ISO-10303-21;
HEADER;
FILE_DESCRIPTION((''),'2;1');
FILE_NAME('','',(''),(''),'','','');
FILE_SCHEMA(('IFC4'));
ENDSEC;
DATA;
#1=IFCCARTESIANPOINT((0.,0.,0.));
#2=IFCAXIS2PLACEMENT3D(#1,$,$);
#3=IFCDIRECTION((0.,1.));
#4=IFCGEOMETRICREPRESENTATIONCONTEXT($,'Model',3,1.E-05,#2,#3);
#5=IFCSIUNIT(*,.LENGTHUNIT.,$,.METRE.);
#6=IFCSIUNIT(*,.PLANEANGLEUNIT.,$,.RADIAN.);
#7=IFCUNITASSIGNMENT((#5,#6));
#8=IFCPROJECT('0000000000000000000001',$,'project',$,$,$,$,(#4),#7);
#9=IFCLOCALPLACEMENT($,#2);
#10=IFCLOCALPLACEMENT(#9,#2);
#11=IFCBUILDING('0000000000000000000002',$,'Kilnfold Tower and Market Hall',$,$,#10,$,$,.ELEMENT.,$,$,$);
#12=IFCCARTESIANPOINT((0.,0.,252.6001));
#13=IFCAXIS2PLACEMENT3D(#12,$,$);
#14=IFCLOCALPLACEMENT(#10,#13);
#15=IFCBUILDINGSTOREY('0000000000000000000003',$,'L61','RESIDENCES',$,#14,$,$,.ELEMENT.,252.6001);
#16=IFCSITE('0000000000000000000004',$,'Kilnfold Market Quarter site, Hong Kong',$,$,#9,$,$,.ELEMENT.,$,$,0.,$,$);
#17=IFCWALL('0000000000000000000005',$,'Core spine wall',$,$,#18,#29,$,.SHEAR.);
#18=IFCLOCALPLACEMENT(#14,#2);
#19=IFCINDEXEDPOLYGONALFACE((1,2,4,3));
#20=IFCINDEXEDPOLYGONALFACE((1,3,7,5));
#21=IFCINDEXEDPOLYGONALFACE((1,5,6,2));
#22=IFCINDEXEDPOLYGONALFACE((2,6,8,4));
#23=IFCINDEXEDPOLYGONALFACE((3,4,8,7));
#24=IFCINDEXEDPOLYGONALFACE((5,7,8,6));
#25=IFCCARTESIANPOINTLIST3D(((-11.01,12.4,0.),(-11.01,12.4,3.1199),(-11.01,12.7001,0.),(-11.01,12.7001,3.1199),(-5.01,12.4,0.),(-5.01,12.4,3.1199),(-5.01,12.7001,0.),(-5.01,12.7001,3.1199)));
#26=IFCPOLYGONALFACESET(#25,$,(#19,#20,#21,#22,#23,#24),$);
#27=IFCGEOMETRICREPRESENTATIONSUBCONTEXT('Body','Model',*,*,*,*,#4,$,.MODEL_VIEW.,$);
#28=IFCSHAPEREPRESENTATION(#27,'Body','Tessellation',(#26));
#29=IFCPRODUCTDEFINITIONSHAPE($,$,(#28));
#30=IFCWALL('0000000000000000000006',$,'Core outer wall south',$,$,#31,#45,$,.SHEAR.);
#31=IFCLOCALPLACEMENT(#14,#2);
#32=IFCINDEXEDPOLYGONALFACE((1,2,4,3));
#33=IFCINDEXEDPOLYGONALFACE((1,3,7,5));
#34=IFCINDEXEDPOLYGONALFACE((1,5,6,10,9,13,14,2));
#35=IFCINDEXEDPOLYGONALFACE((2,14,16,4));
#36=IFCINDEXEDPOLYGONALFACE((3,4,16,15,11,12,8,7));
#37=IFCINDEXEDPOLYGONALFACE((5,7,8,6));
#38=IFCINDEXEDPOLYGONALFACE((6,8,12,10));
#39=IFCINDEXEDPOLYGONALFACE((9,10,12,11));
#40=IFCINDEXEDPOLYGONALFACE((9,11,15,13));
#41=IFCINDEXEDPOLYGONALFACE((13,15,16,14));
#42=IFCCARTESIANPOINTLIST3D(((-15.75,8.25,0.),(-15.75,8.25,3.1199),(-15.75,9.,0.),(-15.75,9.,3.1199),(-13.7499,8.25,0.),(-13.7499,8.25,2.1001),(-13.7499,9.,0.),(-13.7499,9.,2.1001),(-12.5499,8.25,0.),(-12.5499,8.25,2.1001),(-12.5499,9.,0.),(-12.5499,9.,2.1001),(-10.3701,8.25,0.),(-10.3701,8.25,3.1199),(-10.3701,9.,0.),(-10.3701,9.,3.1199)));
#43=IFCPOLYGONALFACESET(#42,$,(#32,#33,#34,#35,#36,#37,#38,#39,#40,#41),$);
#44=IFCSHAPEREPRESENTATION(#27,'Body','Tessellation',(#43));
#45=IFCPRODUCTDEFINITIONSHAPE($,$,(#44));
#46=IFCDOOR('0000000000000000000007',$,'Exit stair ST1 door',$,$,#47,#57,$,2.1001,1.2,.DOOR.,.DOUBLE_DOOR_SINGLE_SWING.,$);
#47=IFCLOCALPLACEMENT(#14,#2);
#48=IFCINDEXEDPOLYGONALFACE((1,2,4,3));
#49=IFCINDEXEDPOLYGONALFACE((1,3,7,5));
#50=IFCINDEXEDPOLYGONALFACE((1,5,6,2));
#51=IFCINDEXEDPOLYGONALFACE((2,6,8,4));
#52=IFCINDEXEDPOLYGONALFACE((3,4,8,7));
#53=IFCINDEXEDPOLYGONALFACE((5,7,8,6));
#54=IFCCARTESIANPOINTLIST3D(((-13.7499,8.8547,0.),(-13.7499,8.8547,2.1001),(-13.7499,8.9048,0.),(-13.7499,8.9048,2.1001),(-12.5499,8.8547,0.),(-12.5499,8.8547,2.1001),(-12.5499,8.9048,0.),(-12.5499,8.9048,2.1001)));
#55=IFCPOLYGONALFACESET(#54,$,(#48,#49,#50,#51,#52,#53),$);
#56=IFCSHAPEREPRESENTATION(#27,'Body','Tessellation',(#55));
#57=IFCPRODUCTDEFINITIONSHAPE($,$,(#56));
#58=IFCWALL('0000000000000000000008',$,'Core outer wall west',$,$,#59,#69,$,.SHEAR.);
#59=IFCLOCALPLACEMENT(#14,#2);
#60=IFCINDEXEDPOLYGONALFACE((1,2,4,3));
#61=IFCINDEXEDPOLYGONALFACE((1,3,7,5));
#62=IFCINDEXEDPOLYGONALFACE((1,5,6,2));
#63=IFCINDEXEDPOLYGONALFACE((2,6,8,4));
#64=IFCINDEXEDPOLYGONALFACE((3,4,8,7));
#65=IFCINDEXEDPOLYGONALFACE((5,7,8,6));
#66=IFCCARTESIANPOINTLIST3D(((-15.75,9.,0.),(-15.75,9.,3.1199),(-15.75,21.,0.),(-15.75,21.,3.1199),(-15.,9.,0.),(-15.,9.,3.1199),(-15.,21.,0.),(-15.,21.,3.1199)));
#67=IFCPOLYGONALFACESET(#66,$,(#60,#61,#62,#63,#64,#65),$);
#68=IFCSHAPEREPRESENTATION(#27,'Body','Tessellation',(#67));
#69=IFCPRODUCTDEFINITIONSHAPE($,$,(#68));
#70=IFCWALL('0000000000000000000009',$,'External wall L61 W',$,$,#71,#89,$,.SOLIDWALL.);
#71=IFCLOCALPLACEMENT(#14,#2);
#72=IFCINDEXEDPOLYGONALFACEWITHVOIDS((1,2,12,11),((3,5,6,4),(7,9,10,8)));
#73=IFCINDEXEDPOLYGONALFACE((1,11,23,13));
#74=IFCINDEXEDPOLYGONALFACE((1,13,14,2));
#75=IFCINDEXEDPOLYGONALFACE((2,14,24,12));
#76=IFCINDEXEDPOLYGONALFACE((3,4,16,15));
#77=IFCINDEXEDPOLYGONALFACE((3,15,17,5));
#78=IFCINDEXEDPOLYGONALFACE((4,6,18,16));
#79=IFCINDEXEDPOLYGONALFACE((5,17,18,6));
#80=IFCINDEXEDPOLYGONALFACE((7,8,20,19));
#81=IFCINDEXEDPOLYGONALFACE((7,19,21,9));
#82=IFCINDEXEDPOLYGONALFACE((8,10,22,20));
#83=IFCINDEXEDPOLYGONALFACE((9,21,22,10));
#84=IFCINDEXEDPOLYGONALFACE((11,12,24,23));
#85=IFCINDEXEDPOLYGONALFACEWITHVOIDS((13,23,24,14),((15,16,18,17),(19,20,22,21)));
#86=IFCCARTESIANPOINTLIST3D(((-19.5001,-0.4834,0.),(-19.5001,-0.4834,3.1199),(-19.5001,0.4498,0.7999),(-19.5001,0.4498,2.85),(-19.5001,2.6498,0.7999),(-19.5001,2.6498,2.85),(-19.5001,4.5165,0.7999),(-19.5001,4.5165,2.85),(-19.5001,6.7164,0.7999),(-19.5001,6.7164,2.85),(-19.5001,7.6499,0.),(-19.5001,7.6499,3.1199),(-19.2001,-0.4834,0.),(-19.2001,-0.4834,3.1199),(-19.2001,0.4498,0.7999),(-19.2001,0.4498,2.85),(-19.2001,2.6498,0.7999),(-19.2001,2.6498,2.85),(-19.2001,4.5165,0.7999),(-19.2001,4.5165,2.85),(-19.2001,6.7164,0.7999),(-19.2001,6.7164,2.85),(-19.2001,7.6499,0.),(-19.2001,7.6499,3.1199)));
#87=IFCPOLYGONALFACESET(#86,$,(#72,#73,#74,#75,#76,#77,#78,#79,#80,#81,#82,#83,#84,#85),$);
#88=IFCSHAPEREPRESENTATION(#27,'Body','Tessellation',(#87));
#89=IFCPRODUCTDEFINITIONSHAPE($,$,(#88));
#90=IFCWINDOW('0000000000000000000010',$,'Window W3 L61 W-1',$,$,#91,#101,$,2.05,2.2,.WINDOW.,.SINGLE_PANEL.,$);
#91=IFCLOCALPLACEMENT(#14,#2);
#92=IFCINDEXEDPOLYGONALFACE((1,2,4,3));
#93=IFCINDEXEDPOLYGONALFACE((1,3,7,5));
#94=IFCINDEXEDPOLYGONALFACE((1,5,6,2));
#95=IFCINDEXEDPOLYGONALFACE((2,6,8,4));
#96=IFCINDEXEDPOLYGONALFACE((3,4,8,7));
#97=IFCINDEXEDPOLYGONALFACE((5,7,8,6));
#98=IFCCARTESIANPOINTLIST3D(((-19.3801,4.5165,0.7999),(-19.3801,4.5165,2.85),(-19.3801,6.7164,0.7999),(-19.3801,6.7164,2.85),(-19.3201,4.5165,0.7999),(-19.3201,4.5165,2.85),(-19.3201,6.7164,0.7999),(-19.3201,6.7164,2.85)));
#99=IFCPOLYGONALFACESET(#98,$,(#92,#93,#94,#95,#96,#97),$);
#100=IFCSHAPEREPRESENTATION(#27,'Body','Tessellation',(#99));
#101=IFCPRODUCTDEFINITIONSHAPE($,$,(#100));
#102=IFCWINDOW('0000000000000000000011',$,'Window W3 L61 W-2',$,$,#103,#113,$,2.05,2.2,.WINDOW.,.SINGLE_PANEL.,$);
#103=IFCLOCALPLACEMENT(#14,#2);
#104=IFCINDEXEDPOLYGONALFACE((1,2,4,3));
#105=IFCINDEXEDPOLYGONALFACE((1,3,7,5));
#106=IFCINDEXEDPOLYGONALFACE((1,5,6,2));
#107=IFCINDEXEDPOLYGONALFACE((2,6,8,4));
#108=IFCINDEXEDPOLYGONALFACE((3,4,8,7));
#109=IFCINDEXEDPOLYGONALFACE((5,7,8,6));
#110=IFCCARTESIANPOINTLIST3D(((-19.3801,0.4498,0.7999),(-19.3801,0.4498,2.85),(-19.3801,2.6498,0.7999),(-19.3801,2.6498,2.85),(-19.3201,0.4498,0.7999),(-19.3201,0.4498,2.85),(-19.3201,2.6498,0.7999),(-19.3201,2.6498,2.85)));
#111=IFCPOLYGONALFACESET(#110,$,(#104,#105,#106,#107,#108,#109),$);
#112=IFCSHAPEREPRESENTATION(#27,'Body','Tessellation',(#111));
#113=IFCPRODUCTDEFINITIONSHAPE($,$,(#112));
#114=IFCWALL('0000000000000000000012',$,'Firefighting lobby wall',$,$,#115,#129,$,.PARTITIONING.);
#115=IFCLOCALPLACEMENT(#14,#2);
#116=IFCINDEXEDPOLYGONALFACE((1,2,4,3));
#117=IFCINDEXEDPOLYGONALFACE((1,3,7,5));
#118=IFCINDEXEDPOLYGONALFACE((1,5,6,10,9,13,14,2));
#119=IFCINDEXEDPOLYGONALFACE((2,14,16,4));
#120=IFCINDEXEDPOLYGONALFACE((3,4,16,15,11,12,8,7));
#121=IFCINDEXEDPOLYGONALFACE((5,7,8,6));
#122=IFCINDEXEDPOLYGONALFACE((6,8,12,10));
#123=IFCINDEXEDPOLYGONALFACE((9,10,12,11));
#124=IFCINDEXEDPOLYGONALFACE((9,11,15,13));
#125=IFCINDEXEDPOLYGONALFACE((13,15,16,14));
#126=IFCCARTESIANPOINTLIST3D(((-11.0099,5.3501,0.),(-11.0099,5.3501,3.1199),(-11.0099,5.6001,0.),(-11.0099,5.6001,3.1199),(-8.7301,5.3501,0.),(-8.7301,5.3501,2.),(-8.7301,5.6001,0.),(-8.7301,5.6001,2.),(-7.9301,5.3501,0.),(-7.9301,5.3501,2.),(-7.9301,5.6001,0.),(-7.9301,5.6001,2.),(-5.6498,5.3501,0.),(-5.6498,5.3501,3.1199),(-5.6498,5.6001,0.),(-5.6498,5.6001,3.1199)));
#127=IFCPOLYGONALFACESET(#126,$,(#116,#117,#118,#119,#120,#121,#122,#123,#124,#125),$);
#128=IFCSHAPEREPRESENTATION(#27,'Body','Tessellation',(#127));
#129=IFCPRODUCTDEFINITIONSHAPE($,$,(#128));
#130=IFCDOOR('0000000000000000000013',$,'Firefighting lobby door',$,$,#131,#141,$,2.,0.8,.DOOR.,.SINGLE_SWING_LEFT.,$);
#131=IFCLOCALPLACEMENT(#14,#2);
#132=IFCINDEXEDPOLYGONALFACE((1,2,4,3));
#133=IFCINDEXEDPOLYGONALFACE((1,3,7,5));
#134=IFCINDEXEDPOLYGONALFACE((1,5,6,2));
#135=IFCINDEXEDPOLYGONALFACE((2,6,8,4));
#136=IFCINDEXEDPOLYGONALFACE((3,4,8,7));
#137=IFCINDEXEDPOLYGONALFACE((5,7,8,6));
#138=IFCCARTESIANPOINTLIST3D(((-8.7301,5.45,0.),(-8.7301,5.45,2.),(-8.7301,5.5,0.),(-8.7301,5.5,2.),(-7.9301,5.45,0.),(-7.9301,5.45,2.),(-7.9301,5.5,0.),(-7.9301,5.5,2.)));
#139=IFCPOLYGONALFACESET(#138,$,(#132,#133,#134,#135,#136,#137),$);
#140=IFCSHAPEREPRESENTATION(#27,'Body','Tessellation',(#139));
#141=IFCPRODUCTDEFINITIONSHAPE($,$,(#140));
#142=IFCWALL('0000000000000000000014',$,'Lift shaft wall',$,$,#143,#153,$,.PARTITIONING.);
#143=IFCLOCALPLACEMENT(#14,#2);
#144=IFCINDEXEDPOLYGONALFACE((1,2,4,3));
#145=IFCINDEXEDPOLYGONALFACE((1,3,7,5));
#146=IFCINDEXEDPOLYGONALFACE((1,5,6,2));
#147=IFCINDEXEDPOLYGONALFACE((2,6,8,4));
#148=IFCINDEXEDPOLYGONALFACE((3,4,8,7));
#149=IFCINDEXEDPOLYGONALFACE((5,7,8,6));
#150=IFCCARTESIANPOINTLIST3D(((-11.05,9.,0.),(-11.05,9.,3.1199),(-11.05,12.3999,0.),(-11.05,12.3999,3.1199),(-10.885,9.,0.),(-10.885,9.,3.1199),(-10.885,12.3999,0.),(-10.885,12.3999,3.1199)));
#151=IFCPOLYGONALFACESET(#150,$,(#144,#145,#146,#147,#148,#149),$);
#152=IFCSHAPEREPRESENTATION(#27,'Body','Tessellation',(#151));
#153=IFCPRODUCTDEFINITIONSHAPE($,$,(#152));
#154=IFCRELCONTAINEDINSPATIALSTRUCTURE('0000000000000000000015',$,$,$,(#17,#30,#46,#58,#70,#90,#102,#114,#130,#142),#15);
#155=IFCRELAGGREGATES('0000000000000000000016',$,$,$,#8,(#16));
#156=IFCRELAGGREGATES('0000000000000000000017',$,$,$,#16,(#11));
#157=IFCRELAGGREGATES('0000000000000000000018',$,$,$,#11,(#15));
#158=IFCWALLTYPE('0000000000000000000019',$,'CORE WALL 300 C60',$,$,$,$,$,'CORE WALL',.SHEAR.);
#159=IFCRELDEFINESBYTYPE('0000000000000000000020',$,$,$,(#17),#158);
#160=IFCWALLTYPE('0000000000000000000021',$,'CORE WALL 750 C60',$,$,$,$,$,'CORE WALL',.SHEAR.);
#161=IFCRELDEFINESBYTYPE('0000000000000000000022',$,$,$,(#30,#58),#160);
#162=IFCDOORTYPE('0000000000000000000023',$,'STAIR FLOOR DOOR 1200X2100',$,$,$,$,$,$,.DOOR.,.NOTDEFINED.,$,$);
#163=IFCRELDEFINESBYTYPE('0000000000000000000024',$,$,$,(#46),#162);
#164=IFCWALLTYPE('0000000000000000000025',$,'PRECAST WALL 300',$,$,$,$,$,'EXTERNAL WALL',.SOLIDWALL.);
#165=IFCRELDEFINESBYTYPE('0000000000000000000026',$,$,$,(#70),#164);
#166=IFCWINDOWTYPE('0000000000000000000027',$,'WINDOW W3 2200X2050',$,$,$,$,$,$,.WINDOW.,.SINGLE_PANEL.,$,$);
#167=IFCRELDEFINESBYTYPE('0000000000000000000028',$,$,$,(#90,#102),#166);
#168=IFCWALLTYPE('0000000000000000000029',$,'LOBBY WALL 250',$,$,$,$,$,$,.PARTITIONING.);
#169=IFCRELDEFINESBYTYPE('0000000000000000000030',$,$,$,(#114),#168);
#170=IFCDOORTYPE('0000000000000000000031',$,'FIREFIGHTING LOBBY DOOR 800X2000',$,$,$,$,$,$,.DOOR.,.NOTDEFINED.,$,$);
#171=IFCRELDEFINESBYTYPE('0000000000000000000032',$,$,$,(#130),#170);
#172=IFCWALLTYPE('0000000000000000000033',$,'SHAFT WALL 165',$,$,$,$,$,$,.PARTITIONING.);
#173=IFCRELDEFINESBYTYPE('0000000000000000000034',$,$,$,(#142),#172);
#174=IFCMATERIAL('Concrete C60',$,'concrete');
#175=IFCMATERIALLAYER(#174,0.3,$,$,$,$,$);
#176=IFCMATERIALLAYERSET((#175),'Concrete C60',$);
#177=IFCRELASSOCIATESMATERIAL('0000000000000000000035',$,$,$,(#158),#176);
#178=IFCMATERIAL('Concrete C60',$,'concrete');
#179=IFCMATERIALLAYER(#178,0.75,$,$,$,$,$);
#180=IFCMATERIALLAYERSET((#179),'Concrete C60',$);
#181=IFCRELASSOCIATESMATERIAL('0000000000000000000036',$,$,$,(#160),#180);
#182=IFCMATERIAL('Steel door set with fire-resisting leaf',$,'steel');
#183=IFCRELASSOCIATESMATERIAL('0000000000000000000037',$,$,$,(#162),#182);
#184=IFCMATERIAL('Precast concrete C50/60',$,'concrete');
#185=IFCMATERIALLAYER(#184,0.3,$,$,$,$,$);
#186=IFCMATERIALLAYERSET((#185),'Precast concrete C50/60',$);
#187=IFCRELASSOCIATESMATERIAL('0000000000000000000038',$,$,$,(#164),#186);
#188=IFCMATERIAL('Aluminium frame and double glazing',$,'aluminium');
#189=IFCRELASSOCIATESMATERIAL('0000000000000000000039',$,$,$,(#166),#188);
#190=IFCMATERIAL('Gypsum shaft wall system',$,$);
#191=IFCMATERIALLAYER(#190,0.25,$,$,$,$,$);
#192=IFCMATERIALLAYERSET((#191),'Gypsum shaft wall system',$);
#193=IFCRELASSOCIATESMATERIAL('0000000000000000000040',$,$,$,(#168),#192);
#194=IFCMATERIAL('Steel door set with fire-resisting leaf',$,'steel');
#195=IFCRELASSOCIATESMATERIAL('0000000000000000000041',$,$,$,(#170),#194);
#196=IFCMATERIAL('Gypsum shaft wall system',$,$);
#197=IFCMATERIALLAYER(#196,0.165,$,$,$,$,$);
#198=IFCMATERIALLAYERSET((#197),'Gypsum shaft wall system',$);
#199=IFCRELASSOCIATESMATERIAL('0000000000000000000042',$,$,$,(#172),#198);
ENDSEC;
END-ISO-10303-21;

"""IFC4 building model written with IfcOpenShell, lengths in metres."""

from ifc_helpers import new_model, si_unit, direction, frame, frame_2d, origin, place, context, subcontext, project, spatial, rectangle, extrude, source, transform, mapped, material, layer, layer_set, type_object, element, fill, save


model = new_model("IFC4")

# Units and contexts
model_context = context("Model", 3, precision=1e-05, world=origin(), true_north=direction((0.0, 1.0)))
body_context = subcontext(model_context, "Body", "Model", "MODEL_VIEW")
ifc_project = project(units=[si_unit("LENGTHUNIT", "METRE"), si_unit("PLANEANGLEUNIT", "RADIAN")], contexts=[model_context])

# Site, building, storey
site_placement = place(None, origin())
site = spatial("IfcSite", under=ifc_project, at=site_placement, Name="Kilnfold Market Quarter site, Hong Kong", CompositionType="ELEMENT", RefElevation=0.0)
building_placement = place(site_placement, origin())
building = spatial("IfcBuilding", under=site, at=building_placement, Name="Kilnfold Tower and Market Hall", CompositionType="ELEMENT")
storey_placement = place(building_placement, frame((0.0, 0.0, 252.6001)))
storey = spatial("IfcBuildingStorey", under=building, at=storey_placement, Name="L61", Description="RESIDENCES", CompositionType="ELEMENT", Elevation=252.6001)

# Wall
ifc_material_1 = material(Name="Concrete C60", Category="concrete")
ifc_layer_1 = layer(ifc_material_1, 0.3)
ifc_layer_set_1 = layer_set([ifc_layer_1], Name="Concrete C60")
wall_type_1 = type_object("IfcWallType", Name="CORE WALL 300 C60", ElementType="CORE WALL", PredefinedType="SHEAR", material=ifc_layer_set_1)
shared_shape_1 = source(origin(), body_context, "Body", "SweptSolid", [
    extrude(rectangle(XDim=6.0, YDim=0.3, at=frame_2d((3.0, 0.0))), origin(), (0.0, 0.0, 1.0), 3.1199),
])
wall_1_placement = place(storey_placement, frame((-11.01, 12.55, 0.0), z_axis=(0.0, 0.0, 1.0), x_axis=(1.0, 0.0, 0.0)))
element("IfcWall", 1, at=wall_1_placement, inside=storey, type_object=wall_type_1, Name="Core spine wall", PredefinedType="SHEAR", context=body_context, shape_type="MappedRepresentation", body=[
    mapped(shared_shape_1, transform((0.0, 0.0, 0.0))),
])

# Wall, opening, door
ifc_material_2 = material(Name="Concrete C60", Category="concrete")
ifc_layer_2 = layer(ifc_material_2, 0.75)
ifc_layer_set_2 = layer_set([ifc_layer_2], Name="Concrete C60")
wall_type_2 = type_object("IfcWallType", Name="CORE WALL 750 C60", ElementType="CORE WALL", PredefinedType="SHEAR", material=ifc_layer_set_2)
shared_shape_2 = source(origin(), body_context, "Body", "SweptSolid", [
    extrude(rectangle(XDim=5.3799, YDim=0.75, at=frame_2d((2.6899, 0.0))), origin(), (0.0, 0.0, 1.0), 3.1199),
])
wall_2_placement = place(storey_placement, frame((-15.75, 8.625, 0.0), z_axis=(0.0, 0.0, 1.0), x_axis=(1.0, 0.0, 0.0)))
wall_2 = element("IfcWall", 2, at=wall_2_placement, inside=storey, type_object=wall_type_2, Name="Core outer wall south", PredefinedType="SHEAR", context=body_context, shape_type="MappedRepresentation", body=[
    mapped(shared_shape_2, transform((0.0, 0.0, 0.0))),
])
opening_1_placement = place(wall_2_placement, frame((2.0, 0.0, 0.0)))
opening_1 = element("IfcOpeningElement", 3, at=opening_1_placement, cuts=wall_2, PredefinedType="OPENING", context=body_context, shape_type="SweptSolid", body=[
    extrude(rectangle(XDim=1.2, YDim=2.1001, at=frame_2d((0.6001, 1.05))), frame((0.0, 0.385, 0.0), z_axis=(0.0, -1.0, 0.0), x_axis=(1.0, 0.0, 0.0)), (0.0, 0.0, 1.0), 0.77),
])
ifc_material_3 = material(Name="Steel door set with fire-resisting leaf", Category="steel")
door_type_1 = type_object("IfcDoorType", Name="STAIR FLOOR DOOR 1200X2100", OperationType="NOTDEFINED", PredefinedType="DOOR", material=ifc_material_3)
door_1_placement = place(opening_1_placement, origin())
door_1 = element("IfcDoor", 4, at=door_1_placement, inside=storey, type_object=door_type_1, Name="Exit stair ST1 door", OperationType="DOUBLE_DOOR_SINGLE_SWING", OverallHeight=2.1001, OverallWidth=1.2, PredefinedType="DOOR", context=body_context, shape_type="SweptSolid", body=[
    extrude(rectangle(XDim=1.2, YDim=2.1001, at=frame_2d((0.6001, 1.05))), frame((0.0, 0.2798, 0.0), z_axis=(0.0, -1.0, 0.0), x_axis=(1.0, 0.0, 0.0)), (0.0, 0.0, 1.0), 0.05),
])
fill(opening_1, door_1)

# Wall
shared_shape_3 = source(origin(), body_context, "Body", "SweptSolid", [
    extrude(rectangle(XDim=12.0, YDim=0.75, at=frame_2d((6.0, 0.0))), origin(), (0.0, 0.0, 1.0), 3.1199),
])
wall_3_placement = place(storey_placement, frame((-15.375, 9.0, 0.0), z_axis=(0.0, 0.0, 1.0), x_axis=(0.0, 1.0, 0.0)))
element("IfcWall", 5, at=wall_3_placement, inside=storey, type_object=wall_type_2, Name="Core outer wall west", PredefinedType="SHEAR", context=body_context, shape_type="MappedRepresentation", body=[
    mapped(shared_shape_3, transform((0.0, 0.0, 0.0))),
])

# Wall, openings, windows
ifc_material_4 = material(Name="Precast concrete C50/60", Category="concrete")
ifc_layer_3 = layer(ifc_material_4, 0.3)
ifc_layer_set_3 = layer_set([ifc_layer_3], Name="Precast concrete C50/60")
wall_type_3 = type_object("IfcWallType", Name="PRECAST WALL 300", ElementType="EXTERNAL WALL", PredefinedType="SOLIDWALL", material=ifc_layer_set_3)
shared_shape_4 = source(origin(), body_context, "Body", "SweptSolid", [
    extrude(rectangle(XDim=8.1333, YDim=0.3, at=frame_2d((4.0667, 0.0))), origin(), (0.0, 0.0, 1.0), 3.1199),
])
wall_4_placement = place(storey_placement, frame((-19.3501, 7.6499, 0.0), z_axis=(0.0, 0.0, 1.0), x_axis=(0.0, -1.0, 0.0)))
wall_4 = element("IfcWall", 6, at=wall_4_placement, inside=storey, type_object=wall_type_3, Name="External wall L61 W", PredefinedType="SOLIDWALL", context=body_context, shape_type="MappedRepresentation", body=[
    mapped(shared_shape_4, transform((0.0, 0.0, 0.0))),
])
opening_2_placement = place(wall_4_placement, frame((0.9333, 0.0, 0.8)))
opening_2 = element("IfcOpeningElement", 7, at=opening_2_placement, cuts=wall_4, PredefinedType="OPENING", context=body_context, shape_type="SweptSolid", body=[
    extrude(rectangle(XDim=2.2, YDim=2.05, at=frame_2d((1.1001, 1.0249))), frame((0.0, 0.1602, 0.0), z_axis=(0.0, -1.0, 0.0), x_axis=(1.0, 0.0, 0.0)), (0.0, 0.0, 1.0), 0.3201),
])
opening_3_placement = place(wall_4_placement, frame((5.0, 0.0, 0.8)))
opening_3 = element("IfcOpeningElement", 8, at=opening_3_placement, cuts=wall_4, PredefinedType="OPENING", context=body_context, shape_type="SweptSolid", body=[
    extrude(rectangle(XDim=2.2, YDim=2.05, at=frame_2d((1.1001, 1.0249))), frame((0.0, 0.1602, 0.0), z_axis=(0.0, -1.0, 0.0), x_axis=(1.0, 0.0, 0.0)), (0.0, 0.0, 1.0), 0.3201),
])
ifc_material_5 = material(Name="Aluminium frame and double glazing", Category="aluminium")
window_type = type_object("IfcWindowType", Name="WINDOW W3 2200X2050", PartitioningType="SINGLE_PANEL", PredefinedType="WINDOW", material=ifc_material_5)
window_1_placement = place(opening_2_placement, origin())
window_1 = element("IfcWindow", 9, at=window_1_placement, inside=storey, type_object=window_type, Name="Window W3 L61 W-1", OverallHeight=2.05, OverallWidth=2.2, PartitioningType="SINGLE_PANEL", PredefinedType="WINDOW", context=body_context, shape_type="SweptSolid", body=[
    extrude(rectangle(XDim=2.2, YDim=2.05, at=frame_2d((1.1001, 1.0249))), frame((0.0, 0.03, 0.0), z_axis=(0.0, -1.0, 0.0), x_axis=(1.0, 0.0, 0.0)), (0.0, 0.0, 1.0), 0.0601),
])
fill(opening_2, window_1)
window_2_placement = place(opening_3_placement, origin())
window_2 = element("IfcWindow", 10, at=window_2_placement, inside=storey, type_object=window_type, Name="Window W3 L61 W-2", OverallHeight=2.05, OverallWidth=2.2, PartitioningType="SINGLE_PANEL", PredefinedType="WINDOW", context=body_context, shape_type="SweptSolid", body=[
    extrude(rectangle(XDim=2.2, YDim=2.05, at=frame_2d((1.1001, 1.0249))), frame((0.0, 0.03, 0.0), z_axis=(0.0, -1.0, 0.0), x_axis=(1.0, 0.0, 0.0)), (0.0, 0.0, 1.0), 0.0601),
])
fill(opening_3, window_2)

# Wall, opening, door
ifc_material_6 = material(Name="Gypsum shaft wall system")
ifc_layer_4 = layer(ifc_material_6, 0.25)
ifc_layer_set_4 = layer_set([ifc_layer_4], Name="Gypsum shaft wall system")
wall_type_4 = type_object("IfcWallType", Name="LOBBY WALL 250", PredefinedType="PARTITIONING", material=ifc_layer_set_4)
shared_shape_5 = source(origin(), body_context, "Body", "SweptSolid", [
    extrude(rectangle(XDim=5.3601, YDim=0.25, at=frame_2d((2.6802, 0.0))), origin(), (0.0, 0.0, 1.0), 3.1199),
])
wall_5_placement = place(storey_placement, frame((-11.01, 5.4751, 0.0), z_axis=(0.0, 0.0, 1.0), x_axis=(1.0, 0.0, 0.0)))
wall_5 = element("IfcWall", 11, at=wall_5_placement, inside=storey, type_object=wall_type_4, Name="Firefighting lobby wall", PredefinedType="PARTITIONING", context=body_context, shape_type="MappedRepresentation", body=[
    mapped(shared_shape_5, transform((0.0, 0.0, 0.0))),
])
opening_4_placement = place(wall_5_placement, frame((2.28, 0.0, 0.0)))
opening_4 = element("IfcOpeningElement", 12, at=opening_4_placement, cuts=wall_5, PredefinedType="OPENING", context=body_context, shape_type="SweptSolid", body=[
    extrude(rectangle(XDim=0.8, YDim=2.0, at=frame_2d((0.3999, 1.0))), frame((0.0, 0.135, 0.0), z_axis=(0.0, -1.0, 0.0), x_axis=(1.0, 0.0, 0.0)), (0.0, 0.0, 1.0), 0.27),
])
ifc_material_7 = material(Name="Steel door set with fire-resisting leaf", Category="steel")
door_type_2 = type_object("IfcDoorType", Name="FIREFIGHTING LOBBY DOOR 800X2000", OperationType="NOTDEFINED", PredefinedType="DOOR", material=ifc_material_7)
door_2_placement = place(opening_4_placement, origin())
door_2 = element("IfcDoor", 13, at=door_2_placement, inside=storey, type_object=door_type_2, Name="Firefighting lobby door", OperationType="SINGLE_SWING_LEFT", OverallHeight=2.0, OverallWidth=0.8, PredefinedType="DOOR", context=body_context, shape_type="SweptSolid", body=[
    extrude(rectangle(XDim=0.8, YDim=2.0, at=frame_2d((0.3999, 1.0))), frame((0.0, 0.0249, 0.0), z_axis=(0.0, -1.0, 0.0), x_axis=(1.0, 0.0, 0.0)), (0.0, 0.0, 1.0), 0.05),
])
fill(opening_4, door_2)

# Wall
ifc_material_8 = material(Name="Gypsum shaft wall system")
ifc_layer_5 = layer(ifc_material_8, 0.165)
ifc_layer_set_5 = layer_set([ifc_layer_5], Name="Gypsum shaft wall system")
wall_type_5 = type_object("IfcWallType", Name="SHAFT WALL 165", PredefinedType="PARTITIONING", material=ifc_layer_set_5)
shared_shape_6 = source(origin(), body_context, "Body", "SweptSolid", [
    extrude(rectangle(XDim=3.3999, YDim=0.165, at=frame_2d((1.7, 0.0))), origin(), (0.0, 0.0, 1.0), 3.1199),
])
wall_6_placement = place(storey_placement, frame((-10.9675, 9.0, 0.0), z_axis=(0.0, 0.0, 1.0), x_axis=(0.0, 1.0, 0.0)))
element("IfcWall", 14, at=wall_6_placement, inside=storey, type_object=wall_type_5, Name="Lift shaft wall", PredefinedType="PARTITIONING", context=body_context, shape_type="MappedRepresentation", body=[
    mapped(shared_shape_6, transform((0.0, 0.0, 0.0))),
])

save(model, "model.ifc")
